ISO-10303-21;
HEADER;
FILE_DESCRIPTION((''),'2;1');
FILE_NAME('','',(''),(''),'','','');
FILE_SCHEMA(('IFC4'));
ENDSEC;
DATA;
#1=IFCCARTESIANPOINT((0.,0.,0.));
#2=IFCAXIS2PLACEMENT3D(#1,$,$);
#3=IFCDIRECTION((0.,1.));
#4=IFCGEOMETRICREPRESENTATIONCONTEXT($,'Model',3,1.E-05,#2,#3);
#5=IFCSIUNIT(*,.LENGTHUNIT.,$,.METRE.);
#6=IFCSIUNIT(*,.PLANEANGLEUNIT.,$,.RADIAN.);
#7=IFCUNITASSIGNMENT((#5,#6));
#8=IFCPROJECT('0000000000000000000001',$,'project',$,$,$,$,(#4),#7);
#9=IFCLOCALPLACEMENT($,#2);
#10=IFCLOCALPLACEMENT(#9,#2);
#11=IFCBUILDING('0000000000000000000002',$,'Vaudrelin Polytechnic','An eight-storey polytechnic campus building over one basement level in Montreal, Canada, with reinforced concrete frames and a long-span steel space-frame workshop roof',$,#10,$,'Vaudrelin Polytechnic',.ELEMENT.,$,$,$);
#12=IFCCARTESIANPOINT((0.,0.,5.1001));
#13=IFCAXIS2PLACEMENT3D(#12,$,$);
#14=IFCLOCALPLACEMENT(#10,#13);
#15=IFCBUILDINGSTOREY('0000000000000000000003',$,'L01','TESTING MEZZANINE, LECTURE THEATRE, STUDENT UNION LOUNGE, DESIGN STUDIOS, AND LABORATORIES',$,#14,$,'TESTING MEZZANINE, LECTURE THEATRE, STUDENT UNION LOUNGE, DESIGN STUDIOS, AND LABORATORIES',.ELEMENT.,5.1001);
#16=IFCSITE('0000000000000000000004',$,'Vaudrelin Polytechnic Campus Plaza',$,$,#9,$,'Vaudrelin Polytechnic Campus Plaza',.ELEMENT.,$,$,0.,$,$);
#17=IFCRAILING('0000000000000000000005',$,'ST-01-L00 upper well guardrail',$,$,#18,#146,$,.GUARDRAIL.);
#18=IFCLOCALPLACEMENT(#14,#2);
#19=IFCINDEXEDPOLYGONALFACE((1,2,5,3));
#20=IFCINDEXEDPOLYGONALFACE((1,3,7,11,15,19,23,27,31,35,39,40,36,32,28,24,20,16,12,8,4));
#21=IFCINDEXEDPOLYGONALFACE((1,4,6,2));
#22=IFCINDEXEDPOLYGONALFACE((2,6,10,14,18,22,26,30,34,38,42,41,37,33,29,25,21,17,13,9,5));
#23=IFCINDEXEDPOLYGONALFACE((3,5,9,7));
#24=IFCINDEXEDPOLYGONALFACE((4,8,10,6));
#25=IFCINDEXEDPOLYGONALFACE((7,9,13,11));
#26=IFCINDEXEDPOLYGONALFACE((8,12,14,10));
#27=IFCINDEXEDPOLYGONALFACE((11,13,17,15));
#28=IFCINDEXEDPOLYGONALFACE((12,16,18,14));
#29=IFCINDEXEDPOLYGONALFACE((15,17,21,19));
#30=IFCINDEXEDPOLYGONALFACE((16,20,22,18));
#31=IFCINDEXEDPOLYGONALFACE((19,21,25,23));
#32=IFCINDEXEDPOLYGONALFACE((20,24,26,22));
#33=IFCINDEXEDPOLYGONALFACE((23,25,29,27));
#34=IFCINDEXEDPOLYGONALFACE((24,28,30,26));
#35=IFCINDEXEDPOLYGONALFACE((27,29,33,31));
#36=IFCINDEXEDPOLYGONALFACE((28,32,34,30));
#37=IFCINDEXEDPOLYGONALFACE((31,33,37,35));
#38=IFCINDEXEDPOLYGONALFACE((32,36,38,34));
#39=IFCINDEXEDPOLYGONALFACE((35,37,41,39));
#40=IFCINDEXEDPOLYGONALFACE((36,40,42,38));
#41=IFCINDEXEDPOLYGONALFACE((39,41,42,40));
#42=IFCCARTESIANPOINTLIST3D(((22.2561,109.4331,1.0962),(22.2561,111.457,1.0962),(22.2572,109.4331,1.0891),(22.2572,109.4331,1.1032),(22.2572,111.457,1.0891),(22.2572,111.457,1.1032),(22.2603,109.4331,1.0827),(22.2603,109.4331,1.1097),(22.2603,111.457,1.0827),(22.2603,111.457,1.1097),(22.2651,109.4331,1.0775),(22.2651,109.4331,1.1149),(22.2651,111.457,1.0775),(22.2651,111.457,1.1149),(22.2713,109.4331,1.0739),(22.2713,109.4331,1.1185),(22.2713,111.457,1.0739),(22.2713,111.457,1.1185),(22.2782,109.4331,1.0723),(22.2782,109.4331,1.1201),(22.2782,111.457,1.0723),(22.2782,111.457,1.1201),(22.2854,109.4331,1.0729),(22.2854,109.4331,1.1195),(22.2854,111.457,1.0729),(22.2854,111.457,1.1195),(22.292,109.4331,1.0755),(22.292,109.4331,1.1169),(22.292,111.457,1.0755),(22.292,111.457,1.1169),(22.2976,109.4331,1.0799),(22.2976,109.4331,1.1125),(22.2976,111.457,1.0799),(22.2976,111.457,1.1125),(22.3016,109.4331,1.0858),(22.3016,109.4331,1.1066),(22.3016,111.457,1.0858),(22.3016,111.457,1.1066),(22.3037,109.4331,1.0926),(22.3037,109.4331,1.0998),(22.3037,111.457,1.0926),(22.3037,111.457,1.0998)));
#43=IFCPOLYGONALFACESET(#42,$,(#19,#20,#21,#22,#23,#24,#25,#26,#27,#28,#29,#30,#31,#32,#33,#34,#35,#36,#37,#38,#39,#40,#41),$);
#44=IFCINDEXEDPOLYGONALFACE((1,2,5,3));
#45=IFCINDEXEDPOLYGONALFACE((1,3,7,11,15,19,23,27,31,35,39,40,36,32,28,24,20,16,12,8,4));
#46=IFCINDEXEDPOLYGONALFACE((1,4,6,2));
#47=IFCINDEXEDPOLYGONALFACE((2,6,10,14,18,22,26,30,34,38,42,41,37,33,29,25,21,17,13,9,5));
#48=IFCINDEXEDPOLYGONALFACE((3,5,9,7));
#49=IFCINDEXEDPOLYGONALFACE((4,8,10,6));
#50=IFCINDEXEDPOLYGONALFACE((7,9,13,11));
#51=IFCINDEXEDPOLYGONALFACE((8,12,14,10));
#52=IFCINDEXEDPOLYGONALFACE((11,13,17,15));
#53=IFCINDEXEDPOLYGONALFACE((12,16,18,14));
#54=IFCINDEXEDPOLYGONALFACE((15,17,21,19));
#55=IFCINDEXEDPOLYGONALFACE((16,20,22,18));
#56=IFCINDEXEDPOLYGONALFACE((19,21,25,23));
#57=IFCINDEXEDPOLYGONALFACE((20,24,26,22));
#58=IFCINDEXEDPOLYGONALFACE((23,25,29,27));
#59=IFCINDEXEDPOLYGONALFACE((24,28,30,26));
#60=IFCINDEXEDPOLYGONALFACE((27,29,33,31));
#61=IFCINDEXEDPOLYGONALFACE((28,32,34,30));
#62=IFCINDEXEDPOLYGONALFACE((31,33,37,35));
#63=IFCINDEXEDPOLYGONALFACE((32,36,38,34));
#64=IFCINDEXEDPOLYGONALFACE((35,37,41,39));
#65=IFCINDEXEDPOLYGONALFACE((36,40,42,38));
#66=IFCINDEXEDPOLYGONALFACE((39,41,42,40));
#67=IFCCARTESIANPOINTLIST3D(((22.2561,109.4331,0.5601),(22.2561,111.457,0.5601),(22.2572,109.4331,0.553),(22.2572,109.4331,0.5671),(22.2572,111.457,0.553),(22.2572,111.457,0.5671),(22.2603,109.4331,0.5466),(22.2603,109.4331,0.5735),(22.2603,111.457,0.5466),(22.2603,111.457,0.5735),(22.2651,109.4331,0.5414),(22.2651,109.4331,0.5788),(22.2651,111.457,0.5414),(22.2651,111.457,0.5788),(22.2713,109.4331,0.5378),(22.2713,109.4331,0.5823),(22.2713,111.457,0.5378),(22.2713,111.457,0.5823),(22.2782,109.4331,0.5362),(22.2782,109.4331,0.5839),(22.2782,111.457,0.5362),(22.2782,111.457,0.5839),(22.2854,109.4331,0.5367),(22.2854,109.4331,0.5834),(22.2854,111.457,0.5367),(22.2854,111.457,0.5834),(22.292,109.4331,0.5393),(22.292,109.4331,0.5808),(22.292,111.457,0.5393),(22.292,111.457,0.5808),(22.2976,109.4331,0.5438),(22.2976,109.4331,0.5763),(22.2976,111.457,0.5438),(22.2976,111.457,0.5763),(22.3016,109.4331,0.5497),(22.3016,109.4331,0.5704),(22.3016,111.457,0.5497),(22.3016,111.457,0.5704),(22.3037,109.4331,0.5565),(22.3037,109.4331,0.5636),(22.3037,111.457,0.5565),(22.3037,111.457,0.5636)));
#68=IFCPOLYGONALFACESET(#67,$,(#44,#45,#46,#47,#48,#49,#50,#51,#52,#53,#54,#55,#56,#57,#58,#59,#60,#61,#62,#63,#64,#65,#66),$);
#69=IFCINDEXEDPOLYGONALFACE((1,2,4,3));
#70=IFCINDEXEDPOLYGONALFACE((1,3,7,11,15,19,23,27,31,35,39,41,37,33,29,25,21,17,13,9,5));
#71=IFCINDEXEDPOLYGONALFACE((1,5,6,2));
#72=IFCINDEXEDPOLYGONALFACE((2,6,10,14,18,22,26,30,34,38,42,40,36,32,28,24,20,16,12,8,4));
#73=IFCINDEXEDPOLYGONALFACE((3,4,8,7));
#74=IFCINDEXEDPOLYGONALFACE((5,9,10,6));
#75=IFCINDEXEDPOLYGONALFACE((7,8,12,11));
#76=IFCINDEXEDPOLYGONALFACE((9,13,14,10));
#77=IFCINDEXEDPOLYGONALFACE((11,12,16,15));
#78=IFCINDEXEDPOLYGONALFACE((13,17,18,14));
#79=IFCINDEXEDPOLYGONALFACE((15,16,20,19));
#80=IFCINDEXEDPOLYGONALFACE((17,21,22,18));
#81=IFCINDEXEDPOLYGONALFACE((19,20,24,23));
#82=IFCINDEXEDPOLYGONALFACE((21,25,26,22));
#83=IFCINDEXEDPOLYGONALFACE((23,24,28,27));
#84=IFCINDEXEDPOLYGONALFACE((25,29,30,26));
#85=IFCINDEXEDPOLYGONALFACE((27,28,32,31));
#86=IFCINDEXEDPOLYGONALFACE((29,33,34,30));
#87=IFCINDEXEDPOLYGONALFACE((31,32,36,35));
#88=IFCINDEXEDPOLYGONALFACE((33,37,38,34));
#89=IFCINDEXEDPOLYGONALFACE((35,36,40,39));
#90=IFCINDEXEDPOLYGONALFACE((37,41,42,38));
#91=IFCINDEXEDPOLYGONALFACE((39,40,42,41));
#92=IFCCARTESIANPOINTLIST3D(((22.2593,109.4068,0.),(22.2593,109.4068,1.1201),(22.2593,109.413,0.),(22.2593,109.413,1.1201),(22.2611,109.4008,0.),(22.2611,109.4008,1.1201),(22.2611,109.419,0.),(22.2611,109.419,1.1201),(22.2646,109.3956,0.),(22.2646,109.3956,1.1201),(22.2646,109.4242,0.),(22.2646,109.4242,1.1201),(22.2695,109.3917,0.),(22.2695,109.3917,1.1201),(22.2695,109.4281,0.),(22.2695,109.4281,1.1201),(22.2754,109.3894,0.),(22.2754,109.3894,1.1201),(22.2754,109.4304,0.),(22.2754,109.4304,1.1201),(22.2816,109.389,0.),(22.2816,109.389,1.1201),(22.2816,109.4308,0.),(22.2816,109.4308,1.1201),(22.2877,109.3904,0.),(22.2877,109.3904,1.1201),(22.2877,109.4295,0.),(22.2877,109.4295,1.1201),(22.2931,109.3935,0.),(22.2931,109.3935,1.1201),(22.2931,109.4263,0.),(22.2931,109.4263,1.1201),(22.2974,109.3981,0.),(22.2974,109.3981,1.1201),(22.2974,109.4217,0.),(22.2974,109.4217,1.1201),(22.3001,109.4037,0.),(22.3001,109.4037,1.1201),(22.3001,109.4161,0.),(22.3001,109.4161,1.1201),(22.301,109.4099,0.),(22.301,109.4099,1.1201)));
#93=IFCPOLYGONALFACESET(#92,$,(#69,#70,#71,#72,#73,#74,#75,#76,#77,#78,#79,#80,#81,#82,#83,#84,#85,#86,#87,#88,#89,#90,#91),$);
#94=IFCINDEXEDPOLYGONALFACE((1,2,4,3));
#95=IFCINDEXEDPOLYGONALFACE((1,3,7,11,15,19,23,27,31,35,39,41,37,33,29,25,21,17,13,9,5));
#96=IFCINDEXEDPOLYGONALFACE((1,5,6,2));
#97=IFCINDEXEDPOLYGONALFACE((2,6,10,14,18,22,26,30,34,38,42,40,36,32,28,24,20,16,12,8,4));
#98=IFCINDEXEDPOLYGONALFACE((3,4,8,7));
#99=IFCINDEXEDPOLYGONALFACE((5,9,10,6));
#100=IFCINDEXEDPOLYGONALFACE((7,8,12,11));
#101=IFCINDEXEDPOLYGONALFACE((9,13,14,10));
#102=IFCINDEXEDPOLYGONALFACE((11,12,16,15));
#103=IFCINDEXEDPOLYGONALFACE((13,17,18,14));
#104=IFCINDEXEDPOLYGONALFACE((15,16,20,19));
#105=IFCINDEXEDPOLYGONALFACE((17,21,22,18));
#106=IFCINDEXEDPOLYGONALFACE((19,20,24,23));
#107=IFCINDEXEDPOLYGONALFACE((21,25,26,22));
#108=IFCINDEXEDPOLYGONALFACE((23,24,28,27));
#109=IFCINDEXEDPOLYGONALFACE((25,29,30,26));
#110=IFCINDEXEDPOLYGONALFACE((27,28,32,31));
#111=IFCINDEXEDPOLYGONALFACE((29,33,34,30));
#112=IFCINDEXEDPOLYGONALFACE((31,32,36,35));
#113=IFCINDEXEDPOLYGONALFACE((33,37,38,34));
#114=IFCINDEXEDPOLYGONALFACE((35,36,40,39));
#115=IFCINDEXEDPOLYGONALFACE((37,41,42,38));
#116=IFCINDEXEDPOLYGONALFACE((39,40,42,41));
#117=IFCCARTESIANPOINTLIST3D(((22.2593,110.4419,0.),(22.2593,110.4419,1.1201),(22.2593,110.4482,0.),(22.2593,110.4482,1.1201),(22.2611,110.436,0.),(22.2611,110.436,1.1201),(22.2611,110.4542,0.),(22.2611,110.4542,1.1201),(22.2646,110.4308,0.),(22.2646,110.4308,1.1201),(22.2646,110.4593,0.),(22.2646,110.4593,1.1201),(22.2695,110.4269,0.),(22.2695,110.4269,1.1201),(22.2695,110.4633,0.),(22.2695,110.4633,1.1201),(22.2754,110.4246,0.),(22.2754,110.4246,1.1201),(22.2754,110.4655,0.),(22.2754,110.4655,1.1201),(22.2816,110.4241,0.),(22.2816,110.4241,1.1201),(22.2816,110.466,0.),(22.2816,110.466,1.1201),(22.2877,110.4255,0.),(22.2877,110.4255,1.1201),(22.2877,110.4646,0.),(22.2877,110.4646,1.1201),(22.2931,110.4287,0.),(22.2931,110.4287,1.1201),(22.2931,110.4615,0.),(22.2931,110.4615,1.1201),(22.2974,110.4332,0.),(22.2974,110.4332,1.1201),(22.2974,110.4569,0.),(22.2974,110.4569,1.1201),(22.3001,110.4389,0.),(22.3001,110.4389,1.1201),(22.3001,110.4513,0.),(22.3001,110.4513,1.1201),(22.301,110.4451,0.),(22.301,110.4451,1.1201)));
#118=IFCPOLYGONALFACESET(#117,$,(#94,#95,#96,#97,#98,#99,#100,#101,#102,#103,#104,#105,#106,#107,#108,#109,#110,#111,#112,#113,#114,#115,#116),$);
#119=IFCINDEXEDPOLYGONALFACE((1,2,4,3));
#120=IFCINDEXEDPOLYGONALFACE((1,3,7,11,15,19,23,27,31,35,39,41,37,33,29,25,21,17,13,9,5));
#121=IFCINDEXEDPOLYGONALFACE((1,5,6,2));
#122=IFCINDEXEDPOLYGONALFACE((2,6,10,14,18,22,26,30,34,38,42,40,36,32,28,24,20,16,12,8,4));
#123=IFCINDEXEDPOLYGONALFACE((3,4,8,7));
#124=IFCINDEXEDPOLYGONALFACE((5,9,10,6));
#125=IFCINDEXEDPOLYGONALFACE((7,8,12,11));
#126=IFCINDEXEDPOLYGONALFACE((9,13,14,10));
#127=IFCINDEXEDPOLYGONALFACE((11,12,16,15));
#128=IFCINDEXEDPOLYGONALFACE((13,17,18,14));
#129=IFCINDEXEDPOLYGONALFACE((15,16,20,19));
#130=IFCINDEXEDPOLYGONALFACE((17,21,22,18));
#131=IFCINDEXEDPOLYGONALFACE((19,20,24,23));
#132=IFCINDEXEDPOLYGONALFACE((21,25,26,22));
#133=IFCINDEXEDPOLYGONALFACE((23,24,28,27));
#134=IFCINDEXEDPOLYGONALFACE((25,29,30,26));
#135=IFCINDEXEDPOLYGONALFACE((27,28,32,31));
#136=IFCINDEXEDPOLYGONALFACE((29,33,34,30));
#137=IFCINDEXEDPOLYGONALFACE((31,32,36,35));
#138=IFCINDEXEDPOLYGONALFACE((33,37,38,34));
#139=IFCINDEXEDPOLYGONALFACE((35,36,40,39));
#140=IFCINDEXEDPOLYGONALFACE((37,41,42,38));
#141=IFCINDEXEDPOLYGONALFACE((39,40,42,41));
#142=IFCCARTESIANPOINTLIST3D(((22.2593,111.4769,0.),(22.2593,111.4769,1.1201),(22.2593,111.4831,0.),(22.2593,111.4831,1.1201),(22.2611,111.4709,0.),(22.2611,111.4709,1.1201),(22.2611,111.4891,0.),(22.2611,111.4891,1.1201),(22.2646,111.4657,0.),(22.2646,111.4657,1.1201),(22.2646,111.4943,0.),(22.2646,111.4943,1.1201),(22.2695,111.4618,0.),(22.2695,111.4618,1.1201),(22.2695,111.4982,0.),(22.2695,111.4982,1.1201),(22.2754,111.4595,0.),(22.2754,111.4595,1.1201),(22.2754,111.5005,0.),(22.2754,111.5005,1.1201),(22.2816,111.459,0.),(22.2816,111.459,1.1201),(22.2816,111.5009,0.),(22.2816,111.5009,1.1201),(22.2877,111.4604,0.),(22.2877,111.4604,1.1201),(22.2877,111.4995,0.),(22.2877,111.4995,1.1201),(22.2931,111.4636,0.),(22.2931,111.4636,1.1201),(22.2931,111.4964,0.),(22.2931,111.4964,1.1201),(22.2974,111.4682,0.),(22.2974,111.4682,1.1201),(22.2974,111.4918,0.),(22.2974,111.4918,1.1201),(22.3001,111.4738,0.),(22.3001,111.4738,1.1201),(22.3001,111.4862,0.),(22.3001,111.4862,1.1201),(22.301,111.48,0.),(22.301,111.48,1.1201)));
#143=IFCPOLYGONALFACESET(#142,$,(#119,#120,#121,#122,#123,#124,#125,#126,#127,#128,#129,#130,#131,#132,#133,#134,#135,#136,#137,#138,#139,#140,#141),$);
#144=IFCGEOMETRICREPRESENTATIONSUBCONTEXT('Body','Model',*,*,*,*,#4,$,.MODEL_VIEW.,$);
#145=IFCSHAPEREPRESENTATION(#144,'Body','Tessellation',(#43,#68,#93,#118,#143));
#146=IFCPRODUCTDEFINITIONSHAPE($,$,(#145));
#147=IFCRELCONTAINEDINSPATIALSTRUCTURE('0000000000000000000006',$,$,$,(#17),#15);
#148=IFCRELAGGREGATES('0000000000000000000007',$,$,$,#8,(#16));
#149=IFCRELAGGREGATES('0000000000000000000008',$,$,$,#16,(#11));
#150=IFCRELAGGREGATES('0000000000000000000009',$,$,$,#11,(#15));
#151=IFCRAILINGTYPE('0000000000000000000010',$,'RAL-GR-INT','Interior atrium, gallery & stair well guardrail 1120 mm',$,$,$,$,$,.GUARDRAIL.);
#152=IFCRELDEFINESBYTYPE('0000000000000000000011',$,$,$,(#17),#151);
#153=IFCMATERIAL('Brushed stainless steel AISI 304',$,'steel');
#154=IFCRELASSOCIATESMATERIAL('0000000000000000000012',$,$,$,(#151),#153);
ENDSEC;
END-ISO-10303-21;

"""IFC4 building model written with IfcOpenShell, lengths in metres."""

from ifc_helpers import new_model, si_unit, direction, frame, origin, origin_2d, place, context, subcontext, project, spatial, circle, extrude, material, type_object, element, save


model = new_model("IFC4")

# Units and contexts
model_context = context("Model", 3, precision=1e-05, world=origin(), true_north=direction((0.0, 1.0)))
body_context = subcontext(model_context, "Body", "Model", "MODEL_VIEW")
ifc_project = project(units=[si_unit("LENGTHUNIT", "METRE"), si_unit("PLANEANGLEUNIT", "RADIAN")], contexts=[model_context])

# Site, building, storey
site_placement = place(None, origin())
site = spatial("IfcSite", under=ifc_project, at=site_placement, Name="Vaudrelin Polytechnic Campus Plaza", LongName="Vaudrelin Polytechnic Campus Plaza", CompositionType="ELEMENT", RefElevation=0.0)
building_placement = place(site_placement, origin())
building = spatial("IfcBuilding", under=site, at=building_placement, Name="Vaudrelin Polytechnic", Description="An eight-storey polytechnic campus building over one basement level in Montreal, Canada, with reinforced concrete frames and a long-span steel space-frame workshop roof", LongName="Vaudrelin Polytechnic", CompositionType="ELEMENT")
storey_placement = place(building_placement, frame((0.0, 0.0, 5.1001)))
storey = spatial("IfcBuildingStorey", under=building, at=storey_placement, Name="L01", Description="TESTING MEZZANINE, LECTURE THEATRE, STUDENT UNION LOUNGE, DESIGN STUDIOS, AND LABORATORIES", LongName="TESTING MEZZANINE, LECTURE THEATRE, STUDENT UNION LOUNGE, DESIGN STUDIOS, AND LABORATORIES", CompositionType="ELEMENT", Elevation=5.1001)

# Shared definitions
ifc_material_1 = material(Name="Brushed stainless steel AISI 304", Category="steel")

# Railing
railing_type_1 = type_object("IfcRailingType", Name="RAL-GR-INT", Description="Interior atrium, gallery & stair well guardrail 1120 mm", PredefinedType="GUARDRAIL", material=ifc_material_1)
railing_1_placement = place(storey_placement, frame((22.28, 109.4099, 0.0)))
element("IfcRailing", 1, at=railing_1_placement, inside=storey, type_object=railing_type_1, Name="ST-01-L00 upper well guardrail", PredefinedType="GUARDRAIL", context=body_context, shape_type="SweptSolid", body=[
    extrude(circle(Radius=0.0239, at=origin_2d()), frame((0.0, 0.0232, 1.0962), z_axis=(0.0, 1.0, 0.0), x_axis=(-1.0, 0.0, 0.0)), (0.0, 0.0, 1.0), 2.0239),
    extrude(circle(Radius=0.0239, at=origin_2d()), frame((0.0, 0.0232, 0.5601), z_axis=(0.0, 1.0, 0.0), x_axis=(-1.0, 0.0, 0.0)), (0.0, 0.0, 1.0), 2.0239),
    extrude(circle(Radius=0.021, at=origin_2d()), origin(), (0.0, 0.0, 1.0), 1.1201),
    extrude(circle(Radius=0.021, at=origin_2d()), frame((0.0, 1.0352, 0.0)), (0.0, 0.0, 1.0), 1.1201),
    extrude(circle(Radius=0.021, at=origin_2d()), frame((0.0, 2.0701, 0.0)), (0.0, 0.0, 1.0), 1.1201),
])

save(model, "model.ifc")
